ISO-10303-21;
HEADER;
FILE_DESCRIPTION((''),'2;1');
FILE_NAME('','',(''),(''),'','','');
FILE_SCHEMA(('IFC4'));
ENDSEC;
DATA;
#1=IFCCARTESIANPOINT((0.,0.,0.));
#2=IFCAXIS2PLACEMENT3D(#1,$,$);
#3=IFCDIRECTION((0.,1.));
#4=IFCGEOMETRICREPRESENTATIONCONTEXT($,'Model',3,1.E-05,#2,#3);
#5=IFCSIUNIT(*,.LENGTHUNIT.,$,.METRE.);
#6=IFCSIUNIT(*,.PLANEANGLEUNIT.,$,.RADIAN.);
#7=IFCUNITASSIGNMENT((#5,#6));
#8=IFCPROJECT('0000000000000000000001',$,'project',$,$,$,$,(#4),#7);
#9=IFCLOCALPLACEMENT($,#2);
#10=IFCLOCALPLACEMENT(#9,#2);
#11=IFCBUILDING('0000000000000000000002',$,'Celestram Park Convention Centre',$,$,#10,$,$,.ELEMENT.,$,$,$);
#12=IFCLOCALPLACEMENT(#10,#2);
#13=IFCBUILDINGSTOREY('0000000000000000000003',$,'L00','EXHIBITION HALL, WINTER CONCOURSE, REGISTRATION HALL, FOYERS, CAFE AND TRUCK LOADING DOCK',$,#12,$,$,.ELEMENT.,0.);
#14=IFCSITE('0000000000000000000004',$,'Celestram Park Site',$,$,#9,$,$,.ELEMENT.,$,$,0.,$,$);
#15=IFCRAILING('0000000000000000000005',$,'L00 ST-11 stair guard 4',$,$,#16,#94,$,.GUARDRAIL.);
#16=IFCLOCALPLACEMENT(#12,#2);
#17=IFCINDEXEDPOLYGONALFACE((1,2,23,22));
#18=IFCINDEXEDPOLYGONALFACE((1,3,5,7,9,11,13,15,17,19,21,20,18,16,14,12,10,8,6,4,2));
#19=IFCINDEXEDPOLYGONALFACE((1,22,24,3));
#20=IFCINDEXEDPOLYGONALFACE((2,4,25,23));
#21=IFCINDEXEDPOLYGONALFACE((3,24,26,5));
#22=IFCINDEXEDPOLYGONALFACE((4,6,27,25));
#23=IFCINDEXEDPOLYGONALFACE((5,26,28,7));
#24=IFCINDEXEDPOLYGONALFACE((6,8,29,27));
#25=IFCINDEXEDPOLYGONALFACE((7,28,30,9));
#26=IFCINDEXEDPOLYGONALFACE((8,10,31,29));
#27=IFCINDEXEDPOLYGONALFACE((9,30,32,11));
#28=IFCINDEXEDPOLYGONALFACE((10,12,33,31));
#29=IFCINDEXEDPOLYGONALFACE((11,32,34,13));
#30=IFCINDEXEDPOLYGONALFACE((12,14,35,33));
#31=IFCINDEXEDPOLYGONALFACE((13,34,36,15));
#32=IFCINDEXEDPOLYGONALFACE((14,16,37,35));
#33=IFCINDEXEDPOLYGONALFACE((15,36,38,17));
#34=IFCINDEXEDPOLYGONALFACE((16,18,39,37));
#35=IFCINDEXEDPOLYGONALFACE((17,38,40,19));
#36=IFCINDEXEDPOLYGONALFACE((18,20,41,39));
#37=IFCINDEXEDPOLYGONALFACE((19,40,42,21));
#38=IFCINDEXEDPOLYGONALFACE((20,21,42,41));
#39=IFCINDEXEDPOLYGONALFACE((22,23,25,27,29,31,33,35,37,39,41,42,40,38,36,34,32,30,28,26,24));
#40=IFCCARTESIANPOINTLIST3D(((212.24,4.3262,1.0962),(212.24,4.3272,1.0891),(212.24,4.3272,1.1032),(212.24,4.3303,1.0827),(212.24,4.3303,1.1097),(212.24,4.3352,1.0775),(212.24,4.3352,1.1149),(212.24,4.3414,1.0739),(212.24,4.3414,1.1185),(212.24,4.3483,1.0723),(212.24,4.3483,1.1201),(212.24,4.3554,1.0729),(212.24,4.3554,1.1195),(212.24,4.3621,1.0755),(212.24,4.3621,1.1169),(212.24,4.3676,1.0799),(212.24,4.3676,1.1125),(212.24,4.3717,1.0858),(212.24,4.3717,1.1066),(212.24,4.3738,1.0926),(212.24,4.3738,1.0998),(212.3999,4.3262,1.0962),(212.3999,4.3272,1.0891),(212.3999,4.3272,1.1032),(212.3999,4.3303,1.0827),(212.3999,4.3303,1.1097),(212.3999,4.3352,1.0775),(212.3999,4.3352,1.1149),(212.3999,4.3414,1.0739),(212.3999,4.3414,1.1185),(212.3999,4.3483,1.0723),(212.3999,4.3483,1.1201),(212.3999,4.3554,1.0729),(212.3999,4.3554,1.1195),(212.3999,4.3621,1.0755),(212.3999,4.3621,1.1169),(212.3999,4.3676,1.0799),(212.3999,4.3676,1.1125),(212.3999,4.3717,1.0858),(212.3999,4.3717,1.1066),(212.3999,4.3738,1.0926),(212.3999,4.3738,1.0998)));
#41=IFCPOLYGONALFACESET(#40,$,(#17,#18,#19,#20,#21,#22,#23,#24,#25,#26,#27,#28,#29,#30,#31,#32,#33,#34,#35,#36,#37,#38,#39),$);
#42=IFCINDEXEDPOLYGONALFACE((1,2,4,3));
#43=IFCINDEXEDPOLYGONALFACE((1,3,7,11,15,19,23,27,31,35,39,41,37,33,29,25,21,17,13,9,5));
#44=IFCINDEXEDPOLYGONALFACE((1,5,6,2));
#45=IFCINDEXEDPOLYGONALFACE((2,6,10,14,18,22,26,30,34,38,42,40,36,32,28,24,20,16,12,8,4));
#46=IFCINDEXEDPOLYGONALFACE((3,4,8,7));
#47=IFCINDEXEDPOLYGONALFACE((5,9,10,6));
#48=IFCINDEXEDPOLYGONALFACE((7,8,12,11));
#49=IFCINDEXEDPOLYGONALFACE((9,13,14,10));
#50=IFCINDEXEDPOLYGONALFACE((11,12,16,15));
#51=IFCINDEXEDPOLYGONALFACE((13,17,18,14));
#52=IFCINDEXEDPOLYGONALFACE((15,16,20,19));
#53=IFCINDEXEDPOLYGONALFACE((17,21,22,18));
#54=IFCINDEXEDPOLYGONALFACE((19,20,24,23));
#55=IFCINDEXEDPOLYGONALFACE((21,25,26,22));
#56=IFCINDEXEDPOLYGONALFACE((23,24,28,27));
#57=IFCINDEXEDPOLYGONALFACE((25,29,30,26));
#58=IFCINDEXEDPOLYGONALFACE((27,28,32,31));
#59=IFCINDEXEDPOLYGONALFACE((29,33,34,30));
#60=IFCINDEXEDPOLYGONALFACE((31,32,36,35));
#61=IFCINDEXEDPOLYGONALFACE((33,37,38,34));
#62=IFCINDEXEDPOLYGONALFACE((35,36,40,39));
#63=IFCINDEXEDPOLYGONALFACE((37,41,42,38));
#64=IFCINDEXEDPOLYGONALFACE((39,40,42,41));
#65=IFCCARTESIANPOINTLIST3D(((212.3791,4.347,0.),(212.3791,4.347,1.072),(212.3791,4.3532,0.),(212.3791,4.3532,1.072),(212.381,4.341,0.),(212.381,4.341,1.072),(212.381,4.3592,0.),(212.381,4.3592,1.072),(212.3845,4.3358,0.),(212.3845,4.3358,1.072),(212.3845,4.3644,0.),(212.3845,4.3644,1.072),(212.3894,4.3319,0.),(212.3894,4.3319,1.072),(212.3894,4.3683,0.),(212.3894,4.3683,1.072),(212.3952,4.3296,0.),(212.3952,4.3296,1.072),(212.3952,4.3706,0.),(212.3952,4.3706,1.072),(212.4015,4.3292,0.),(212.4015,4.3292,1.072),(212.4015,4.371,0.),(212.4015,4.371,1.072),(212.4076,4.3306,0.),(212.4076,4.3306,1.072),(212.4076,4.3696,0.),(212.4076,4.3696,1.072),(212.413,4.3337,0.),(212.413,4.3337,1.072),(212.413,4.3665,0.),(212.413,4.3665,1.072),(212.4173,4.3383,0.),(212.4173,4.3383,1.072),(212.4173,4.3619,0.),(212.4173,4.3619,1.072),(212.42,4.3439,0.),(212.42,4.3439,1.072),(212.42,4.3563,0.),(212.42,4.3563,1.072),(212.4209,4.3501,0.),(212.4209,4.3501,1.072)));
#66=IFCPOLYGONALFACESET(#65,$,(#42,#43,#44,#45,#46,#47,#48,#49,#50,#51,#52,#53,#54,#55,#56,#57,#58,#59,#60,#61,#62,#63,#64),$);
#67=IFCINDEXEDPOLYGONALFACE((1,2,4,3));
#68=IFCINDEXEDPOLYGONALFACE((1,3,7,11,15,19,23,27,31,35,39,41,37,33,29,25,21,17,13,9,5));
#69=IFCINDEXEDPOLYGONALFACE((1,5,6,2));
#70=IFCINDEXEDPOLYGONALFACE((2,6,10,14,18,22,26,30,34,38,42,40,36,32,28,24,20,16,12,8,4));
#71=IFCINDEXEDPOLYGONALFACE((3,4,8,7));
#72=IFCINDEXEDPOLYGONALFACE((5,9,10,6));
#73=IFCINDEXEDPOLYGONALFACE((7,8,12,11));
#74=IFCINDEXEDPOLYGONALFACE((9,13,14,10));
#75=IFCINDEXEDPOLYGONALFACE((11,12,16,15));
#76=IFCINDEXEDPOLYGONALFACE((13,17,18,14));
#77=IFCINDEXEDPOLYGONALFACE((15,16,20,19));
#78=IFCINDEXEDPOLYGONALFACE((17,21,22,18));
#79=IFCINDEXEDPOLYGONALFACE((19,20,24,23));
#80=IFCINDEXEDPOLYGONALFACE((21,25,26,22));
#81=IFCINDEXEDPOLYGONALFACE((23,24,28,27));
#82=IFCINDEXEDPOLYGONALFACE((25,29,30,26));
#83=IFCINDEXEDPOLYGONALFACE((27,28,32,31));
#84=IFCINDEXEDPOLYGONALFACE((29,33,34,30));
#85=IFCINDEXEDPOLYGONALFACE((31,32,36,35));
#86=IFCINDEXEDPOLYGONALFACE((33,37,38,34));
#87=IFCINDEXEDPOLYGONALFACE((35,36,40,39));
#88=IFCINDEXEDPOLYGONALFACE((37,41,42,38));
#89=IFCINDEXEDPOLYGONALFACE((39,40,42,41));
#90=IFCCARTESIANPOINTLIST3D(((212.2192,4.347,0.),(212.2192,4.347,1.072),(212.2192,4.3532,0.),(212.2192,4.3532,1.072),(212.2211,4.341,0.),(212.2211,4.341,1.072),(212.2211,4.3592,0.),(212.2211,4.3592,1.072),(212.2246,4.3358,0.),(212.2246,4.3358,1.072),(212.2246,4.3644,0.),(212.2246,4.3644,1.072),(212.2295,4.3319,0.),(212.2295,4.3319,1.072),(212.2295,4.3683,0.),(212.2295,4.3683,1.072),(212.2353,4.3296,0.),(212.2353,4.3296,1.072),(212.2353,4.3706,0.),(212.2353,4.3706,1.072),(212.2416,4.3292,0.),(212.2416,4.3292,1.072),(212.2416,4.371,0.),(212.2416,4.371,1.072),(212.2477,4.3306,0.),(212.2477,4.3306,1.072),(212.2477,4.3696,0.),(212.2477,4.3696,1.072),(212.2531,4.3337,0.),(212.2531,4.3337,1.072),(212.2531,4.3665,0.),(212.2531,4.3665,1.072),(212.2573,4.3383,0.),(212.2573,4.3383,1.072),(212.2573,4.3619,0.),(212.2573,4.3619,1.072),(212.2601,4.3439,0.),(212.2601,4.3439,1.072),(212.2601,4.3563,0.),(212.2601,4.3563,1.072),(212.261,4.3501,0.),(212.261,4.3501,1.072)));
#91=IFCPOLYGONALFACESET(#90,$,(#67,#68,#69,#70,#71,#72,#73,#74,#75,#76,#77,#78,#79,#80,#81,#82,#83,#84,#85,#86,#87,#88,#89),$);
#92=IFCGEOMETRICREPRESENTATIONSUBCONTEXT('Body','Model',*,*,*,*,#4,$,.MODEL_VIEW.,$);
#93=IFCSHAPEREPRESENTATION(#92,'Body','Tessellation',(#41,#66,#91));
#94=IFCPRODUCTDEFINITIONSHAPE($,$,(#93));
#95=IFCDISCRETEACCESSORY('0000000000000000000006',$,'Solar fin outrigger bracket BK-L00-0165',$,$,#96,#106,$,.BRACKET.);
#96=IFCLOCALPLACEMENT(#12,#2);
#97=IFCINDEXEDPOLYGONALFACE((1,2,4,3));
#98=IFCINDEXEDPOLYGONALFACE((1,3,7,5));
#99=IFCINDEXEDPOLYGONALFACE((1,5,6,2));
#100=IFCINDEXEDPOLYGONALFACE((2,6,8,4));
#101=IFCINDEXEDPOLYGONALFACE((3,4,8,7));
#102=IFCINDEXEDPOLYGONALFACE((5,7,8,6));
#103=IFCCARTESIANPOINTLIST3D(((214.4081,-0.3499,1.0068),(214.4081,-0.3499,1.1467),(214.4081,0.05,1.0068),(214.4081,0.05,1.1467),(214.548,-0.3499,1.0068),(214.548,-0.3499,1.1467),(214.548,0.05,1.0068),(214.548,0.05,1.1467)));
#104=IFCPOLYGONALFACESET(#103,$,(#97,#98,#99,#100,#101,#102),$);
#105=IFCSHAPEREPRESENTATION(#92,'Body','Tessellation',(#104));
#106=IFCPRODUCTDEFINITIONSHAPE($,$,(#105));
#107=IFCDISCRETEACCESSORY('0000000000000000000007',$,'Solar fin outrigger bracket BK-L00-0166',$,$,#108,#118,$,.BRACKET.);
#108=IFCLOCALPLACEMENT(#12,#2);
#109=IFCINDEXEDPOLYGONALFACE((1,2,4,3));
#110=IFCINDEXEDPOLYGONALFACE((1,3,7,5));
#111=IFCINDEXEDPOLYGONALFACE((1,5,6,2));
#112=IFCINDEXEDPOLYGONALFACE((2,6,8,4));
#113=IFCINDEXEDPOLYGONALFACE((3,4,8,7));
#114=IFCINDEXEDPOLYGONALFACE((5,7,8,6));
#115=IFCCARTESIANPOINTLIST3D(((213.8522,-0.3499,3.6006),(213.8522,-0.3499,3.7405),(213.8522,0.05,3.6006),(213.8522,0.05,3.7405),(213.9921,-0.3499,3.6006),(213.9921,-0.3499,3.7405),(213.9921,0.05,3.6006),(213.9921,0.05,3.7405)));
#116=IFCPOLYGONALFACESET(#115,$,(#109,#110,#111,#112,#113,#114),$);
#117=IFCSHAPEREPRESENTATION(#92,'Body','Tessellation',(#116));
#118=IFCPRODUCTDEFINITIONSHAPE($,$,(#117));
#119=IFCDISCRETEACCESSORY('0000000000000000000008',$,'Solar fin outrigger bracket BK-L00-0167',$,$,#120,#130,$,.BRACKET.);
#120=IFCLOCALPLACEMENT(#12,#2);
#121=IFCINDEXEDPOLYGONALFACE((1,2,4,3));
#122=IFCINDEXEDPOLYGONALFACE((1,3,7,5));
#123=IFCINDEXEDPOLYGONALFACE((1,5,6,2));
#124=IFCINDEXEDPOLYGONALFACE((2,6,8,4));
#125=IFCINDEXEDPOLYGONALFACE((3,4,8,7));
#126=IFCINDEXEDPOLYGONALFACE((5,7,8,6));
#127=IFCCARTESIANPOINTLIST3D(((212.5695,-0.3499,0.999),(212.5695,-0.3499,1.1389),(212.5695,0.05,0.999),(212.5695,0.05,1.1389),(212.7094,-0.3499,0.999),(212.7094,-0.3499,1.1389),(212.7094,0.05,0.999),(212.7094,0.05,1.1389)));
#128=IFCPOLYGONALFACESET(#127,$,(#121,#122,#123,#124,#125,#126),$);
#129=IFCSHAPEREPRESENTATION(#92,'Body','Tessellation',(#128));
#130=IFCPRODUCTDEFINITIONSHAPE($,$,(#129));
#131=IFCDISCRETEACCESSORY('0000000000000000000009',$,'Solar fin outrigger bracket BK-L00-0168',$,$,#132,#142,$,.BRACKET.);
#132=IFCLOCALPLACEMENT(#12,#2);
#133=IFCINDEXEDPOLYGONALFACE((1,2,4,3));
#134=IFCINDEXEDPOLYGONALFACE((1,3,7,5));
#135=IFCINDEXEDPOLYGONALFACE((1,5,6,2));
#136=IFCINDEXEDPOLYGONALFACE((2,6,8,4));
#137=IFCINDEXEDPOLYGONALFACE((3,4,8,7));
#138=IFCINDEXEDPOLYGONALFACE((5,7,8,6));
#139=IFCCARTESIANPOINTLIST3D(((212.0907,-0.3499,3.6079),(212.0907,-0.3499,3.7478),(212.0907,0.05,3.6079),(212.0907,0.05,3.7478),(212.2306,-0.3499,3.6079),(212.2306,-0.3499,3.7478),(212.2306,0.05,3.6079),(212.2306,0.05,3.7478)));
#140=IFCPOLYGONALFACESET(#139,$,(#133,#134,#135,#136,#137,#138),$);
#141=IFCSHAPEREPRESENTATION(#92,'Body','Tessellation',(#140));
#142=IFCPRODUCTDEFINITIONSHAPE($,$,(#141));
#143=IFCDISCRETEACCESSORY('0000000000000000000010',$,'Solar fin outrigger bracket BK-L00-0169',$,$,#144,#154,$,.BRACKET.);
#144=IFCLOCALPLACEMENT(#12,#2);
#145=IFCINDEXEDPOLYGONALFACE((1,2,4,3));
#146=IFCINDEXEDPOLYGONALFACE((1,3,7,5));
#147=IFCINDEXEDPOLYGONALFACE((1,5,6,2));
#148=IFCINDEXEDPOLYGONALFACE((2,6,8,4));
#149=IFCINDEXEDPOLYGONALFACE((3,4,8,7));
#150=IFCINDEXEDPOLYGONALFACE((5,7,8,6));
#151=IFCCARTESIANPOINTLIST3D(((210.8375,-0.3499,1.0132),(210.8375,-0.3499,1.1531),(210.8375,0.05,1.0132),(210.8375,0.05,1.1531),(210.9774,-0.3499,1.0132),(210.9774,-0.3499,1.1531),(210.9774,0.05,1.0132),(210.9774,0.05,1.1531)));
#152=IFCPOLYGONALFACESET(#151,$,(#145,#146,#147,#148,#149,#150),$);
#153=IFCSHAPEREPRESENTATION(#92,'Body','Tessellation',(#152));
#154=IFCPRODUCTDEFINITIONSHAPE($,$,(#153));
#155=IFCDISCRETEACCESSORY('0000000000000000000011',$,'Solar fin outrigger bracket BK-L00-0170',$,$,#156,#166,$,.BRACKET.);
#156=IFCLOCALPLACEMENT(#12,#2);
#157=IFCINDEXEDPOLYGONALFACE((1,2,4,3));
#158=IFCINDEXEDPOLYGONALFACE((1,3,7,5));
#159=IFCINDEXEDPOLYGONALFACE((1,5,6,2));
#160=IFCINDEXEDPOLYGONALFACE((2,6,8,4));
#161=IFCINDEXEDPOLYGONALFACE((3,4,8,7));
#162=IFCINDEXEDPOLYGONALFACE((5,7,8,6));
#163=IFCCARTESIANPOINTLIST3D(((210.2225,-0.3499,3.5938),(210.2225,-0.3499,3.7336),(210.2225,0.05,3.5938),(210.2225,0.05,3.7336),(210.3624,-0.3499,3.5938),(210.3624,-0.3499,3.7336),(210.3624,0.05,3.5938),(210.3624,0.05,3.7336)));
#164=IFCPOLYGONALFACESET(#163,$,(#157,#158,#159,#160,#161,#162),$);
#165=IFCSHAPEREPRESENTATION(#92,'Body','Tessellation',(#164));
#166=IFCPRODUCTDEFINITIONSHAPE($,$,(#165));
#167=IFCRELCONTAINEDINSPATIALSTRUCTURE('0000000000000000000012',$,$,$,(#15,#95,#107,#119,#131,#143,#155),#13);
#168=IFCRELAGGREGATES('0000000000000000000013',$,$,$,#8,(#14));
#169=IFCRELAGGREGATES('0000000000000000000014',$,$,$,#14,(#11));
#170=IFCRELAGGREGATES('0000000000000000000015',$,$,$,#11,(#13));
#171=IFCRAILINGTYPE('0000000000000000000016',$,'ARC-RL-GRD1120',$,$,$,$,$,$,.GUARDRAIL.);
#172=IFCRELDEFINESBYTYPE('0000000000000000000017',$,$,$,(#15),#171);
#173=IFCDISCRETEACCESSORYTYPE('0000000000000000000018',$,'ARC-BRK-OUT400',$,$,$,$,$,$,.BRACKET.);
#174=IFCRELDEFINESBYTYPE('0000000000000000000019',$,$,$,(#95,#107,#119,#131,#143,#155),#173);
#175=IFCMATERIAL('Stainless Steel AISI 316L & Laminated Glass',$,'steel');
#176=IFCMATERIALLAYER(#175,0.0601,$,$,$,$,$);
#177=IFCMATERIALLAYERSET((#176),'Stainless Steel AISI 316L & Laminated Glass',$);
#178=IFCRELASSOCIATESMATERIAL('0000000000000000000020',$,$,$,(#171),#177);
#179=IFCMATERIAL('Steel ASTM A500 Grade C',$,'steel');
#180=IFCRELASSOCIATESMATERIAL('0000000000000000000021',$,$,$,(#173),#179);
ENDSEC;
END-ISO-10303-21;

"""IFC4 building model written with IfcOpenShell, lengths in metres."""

from ifc_helpers import new_model, si_unit, direction, frame, origin, origin_2d, place, context, subcontext, project, spatial, rectangle, circle, extrude, material, layer, layer_set, type_object, element, save


model = new_model("IFC4")

# Units and contexts
model_context = context("Model", 3, precision=1e-05, world=origin(), true_north=direction((0.0, 1.0)))
body_context = subcontext(model_context, "Body", "Model", "MODEL_VIEW")
ifc_project = project(units=[si_unit("LENGTHUNIT", "METRE"), si_unit("PLANEANGLEUNIT", "RADIAN")], contexts=[model_context])

# Site, building, storey
site_placement = place(None, origin())
site = spatial("IfcSite", under=ifc_project, at=site_placement, Name="Celestram Park Site", CompositionType="ELEMENT", RefElevation=0.0)
building_placement = place(site_placement, origin())
building = spatial("IfcBuilding", under=site, at=building_placement, Name="Celestram Park Convention Centre", CompositionType="ELEMENT")
storey_placement = place(building_placement, origin())
storey = spatial("IfcBuildingStorey", under=building, at=storey_placement, Name="L00", Description="EXHIBITION HALL, WINTER CONCOURSE, REGISTRATION HALL, FOYERS, CAFE AND TRUCK LOADING DOCK", CompositionType="ELEMENT", Elevation=0.0)

# Railing
ifc_material_1 = material(Name="Stainless Steel AISI 316L & Laminated Glass", Category="steel")
ifc_layer_1 = layer(ifc_material_1, 0.0601)
ifc_layer_set_1 = layer_set([ifc_layer_1], Name="Stainless Steel AISI 316L & Laminated Glass")
railing_type = type_object("IfcRailingType", Name="ARC-RL-GRD1120", PredefinedType="GUARDRAIL", material=ifc_layer_set_1)
railing_1_placement = place(storey_placement, frame((212.3999, 4.3501, 0.0)))
element("IfcRailing", 1, at=railing_1_placement, inside=storey, type_object=railing_type, Name="L00 ST-11 stair guard 4", PredefinedType="GUARDRAIL", context=body_context, shape_type="SweptSolid", body=[
    extrude(circle(Radius=0.0239, at=origin_2d()), frame((0.0, 0.0, 1.0962), z_axis=(-1.0, 0.0, 0.0), x_axis=(0.0, -1.0, 0.0)), (0.0, 0.0, 1.0), 0.1599),
    extrude(circle(Radius=0.021, at=origin_2d()), origin(), (0.0, 0.0, 1.0), 1.072),
    extrude(circle(Radius=0.021, at=origin_2d()), frame((-0.1599, 0.0, 0.0)), (0.0, 0.0, 1.0), 1.072),
])

# Discrete accessories
ifc_material_2 = material(Name="Steel ASTM A500 Grade C", Category="steel")
discrete_accessory_type = type_object("IfcDiscreteAccessoryType", Name="ARC-BRK-OUT400", PredefinedType="BRACKET", material=ifc_material_2)
for number, where, z_axis, x_axis, name in (
    (2, (214.478, -0.1499, 1.0068), (0.0, 0.0, 1.0), (0.0, -1.0, 0.0), "Solar fin outrigger bracket BK-L00-0165"),
    (3, (213.9221, -0.1499, 3.6006), (0.0, 0.0, 1.0), (0.0, -1.0, 0.0), "Solar fin outrigger bracket BK-L00-0166"),
    (4, (212.6394, -0.1499, 0.999), (0.0, 0.0, 1.0), (0.0, -1.0, 0.0), "Solar fin outrigger bracket BK-L00-0167"),
    (5, (212.1606, -0.1499, 3.6079), (0.0, 0.0, 1.0), (0.0, -1.0, 0.0), "Solar fin outrigger bracket BK-L00-0168"),
    (6, (210.9075, -0.1499, 1.0132), (0.0, 0.0, 1.0), (0.0, -1.0, 0.0), "Solar fin outrigger bracket BK-L00-0169"),
    (7, (210.2925, -0.1499, 3.5938), (0.0, 0.0, 1.0), (0.0, -1.0, 0.0), "Solar fin outrigger bracket BK-L00-0170"),
):
    element("IfcDiscreteAccessory", number, at=place(storey_placement, frame(where, z_axis=z_axis, x_axis=x_axis)), inside=storey, type_object=discrete_accessory_type, Name=name, PredefinedType="BRACKET", context=body_context, shape_type="SweptSolid", body=[
        extrude(rectangle(XDim=0.3999, YDim=0.1399, at=origin_2d()), origin(), (0.0, 0.0, 1.0), 0.1399),
    ])

save(model, "model.ifc")
